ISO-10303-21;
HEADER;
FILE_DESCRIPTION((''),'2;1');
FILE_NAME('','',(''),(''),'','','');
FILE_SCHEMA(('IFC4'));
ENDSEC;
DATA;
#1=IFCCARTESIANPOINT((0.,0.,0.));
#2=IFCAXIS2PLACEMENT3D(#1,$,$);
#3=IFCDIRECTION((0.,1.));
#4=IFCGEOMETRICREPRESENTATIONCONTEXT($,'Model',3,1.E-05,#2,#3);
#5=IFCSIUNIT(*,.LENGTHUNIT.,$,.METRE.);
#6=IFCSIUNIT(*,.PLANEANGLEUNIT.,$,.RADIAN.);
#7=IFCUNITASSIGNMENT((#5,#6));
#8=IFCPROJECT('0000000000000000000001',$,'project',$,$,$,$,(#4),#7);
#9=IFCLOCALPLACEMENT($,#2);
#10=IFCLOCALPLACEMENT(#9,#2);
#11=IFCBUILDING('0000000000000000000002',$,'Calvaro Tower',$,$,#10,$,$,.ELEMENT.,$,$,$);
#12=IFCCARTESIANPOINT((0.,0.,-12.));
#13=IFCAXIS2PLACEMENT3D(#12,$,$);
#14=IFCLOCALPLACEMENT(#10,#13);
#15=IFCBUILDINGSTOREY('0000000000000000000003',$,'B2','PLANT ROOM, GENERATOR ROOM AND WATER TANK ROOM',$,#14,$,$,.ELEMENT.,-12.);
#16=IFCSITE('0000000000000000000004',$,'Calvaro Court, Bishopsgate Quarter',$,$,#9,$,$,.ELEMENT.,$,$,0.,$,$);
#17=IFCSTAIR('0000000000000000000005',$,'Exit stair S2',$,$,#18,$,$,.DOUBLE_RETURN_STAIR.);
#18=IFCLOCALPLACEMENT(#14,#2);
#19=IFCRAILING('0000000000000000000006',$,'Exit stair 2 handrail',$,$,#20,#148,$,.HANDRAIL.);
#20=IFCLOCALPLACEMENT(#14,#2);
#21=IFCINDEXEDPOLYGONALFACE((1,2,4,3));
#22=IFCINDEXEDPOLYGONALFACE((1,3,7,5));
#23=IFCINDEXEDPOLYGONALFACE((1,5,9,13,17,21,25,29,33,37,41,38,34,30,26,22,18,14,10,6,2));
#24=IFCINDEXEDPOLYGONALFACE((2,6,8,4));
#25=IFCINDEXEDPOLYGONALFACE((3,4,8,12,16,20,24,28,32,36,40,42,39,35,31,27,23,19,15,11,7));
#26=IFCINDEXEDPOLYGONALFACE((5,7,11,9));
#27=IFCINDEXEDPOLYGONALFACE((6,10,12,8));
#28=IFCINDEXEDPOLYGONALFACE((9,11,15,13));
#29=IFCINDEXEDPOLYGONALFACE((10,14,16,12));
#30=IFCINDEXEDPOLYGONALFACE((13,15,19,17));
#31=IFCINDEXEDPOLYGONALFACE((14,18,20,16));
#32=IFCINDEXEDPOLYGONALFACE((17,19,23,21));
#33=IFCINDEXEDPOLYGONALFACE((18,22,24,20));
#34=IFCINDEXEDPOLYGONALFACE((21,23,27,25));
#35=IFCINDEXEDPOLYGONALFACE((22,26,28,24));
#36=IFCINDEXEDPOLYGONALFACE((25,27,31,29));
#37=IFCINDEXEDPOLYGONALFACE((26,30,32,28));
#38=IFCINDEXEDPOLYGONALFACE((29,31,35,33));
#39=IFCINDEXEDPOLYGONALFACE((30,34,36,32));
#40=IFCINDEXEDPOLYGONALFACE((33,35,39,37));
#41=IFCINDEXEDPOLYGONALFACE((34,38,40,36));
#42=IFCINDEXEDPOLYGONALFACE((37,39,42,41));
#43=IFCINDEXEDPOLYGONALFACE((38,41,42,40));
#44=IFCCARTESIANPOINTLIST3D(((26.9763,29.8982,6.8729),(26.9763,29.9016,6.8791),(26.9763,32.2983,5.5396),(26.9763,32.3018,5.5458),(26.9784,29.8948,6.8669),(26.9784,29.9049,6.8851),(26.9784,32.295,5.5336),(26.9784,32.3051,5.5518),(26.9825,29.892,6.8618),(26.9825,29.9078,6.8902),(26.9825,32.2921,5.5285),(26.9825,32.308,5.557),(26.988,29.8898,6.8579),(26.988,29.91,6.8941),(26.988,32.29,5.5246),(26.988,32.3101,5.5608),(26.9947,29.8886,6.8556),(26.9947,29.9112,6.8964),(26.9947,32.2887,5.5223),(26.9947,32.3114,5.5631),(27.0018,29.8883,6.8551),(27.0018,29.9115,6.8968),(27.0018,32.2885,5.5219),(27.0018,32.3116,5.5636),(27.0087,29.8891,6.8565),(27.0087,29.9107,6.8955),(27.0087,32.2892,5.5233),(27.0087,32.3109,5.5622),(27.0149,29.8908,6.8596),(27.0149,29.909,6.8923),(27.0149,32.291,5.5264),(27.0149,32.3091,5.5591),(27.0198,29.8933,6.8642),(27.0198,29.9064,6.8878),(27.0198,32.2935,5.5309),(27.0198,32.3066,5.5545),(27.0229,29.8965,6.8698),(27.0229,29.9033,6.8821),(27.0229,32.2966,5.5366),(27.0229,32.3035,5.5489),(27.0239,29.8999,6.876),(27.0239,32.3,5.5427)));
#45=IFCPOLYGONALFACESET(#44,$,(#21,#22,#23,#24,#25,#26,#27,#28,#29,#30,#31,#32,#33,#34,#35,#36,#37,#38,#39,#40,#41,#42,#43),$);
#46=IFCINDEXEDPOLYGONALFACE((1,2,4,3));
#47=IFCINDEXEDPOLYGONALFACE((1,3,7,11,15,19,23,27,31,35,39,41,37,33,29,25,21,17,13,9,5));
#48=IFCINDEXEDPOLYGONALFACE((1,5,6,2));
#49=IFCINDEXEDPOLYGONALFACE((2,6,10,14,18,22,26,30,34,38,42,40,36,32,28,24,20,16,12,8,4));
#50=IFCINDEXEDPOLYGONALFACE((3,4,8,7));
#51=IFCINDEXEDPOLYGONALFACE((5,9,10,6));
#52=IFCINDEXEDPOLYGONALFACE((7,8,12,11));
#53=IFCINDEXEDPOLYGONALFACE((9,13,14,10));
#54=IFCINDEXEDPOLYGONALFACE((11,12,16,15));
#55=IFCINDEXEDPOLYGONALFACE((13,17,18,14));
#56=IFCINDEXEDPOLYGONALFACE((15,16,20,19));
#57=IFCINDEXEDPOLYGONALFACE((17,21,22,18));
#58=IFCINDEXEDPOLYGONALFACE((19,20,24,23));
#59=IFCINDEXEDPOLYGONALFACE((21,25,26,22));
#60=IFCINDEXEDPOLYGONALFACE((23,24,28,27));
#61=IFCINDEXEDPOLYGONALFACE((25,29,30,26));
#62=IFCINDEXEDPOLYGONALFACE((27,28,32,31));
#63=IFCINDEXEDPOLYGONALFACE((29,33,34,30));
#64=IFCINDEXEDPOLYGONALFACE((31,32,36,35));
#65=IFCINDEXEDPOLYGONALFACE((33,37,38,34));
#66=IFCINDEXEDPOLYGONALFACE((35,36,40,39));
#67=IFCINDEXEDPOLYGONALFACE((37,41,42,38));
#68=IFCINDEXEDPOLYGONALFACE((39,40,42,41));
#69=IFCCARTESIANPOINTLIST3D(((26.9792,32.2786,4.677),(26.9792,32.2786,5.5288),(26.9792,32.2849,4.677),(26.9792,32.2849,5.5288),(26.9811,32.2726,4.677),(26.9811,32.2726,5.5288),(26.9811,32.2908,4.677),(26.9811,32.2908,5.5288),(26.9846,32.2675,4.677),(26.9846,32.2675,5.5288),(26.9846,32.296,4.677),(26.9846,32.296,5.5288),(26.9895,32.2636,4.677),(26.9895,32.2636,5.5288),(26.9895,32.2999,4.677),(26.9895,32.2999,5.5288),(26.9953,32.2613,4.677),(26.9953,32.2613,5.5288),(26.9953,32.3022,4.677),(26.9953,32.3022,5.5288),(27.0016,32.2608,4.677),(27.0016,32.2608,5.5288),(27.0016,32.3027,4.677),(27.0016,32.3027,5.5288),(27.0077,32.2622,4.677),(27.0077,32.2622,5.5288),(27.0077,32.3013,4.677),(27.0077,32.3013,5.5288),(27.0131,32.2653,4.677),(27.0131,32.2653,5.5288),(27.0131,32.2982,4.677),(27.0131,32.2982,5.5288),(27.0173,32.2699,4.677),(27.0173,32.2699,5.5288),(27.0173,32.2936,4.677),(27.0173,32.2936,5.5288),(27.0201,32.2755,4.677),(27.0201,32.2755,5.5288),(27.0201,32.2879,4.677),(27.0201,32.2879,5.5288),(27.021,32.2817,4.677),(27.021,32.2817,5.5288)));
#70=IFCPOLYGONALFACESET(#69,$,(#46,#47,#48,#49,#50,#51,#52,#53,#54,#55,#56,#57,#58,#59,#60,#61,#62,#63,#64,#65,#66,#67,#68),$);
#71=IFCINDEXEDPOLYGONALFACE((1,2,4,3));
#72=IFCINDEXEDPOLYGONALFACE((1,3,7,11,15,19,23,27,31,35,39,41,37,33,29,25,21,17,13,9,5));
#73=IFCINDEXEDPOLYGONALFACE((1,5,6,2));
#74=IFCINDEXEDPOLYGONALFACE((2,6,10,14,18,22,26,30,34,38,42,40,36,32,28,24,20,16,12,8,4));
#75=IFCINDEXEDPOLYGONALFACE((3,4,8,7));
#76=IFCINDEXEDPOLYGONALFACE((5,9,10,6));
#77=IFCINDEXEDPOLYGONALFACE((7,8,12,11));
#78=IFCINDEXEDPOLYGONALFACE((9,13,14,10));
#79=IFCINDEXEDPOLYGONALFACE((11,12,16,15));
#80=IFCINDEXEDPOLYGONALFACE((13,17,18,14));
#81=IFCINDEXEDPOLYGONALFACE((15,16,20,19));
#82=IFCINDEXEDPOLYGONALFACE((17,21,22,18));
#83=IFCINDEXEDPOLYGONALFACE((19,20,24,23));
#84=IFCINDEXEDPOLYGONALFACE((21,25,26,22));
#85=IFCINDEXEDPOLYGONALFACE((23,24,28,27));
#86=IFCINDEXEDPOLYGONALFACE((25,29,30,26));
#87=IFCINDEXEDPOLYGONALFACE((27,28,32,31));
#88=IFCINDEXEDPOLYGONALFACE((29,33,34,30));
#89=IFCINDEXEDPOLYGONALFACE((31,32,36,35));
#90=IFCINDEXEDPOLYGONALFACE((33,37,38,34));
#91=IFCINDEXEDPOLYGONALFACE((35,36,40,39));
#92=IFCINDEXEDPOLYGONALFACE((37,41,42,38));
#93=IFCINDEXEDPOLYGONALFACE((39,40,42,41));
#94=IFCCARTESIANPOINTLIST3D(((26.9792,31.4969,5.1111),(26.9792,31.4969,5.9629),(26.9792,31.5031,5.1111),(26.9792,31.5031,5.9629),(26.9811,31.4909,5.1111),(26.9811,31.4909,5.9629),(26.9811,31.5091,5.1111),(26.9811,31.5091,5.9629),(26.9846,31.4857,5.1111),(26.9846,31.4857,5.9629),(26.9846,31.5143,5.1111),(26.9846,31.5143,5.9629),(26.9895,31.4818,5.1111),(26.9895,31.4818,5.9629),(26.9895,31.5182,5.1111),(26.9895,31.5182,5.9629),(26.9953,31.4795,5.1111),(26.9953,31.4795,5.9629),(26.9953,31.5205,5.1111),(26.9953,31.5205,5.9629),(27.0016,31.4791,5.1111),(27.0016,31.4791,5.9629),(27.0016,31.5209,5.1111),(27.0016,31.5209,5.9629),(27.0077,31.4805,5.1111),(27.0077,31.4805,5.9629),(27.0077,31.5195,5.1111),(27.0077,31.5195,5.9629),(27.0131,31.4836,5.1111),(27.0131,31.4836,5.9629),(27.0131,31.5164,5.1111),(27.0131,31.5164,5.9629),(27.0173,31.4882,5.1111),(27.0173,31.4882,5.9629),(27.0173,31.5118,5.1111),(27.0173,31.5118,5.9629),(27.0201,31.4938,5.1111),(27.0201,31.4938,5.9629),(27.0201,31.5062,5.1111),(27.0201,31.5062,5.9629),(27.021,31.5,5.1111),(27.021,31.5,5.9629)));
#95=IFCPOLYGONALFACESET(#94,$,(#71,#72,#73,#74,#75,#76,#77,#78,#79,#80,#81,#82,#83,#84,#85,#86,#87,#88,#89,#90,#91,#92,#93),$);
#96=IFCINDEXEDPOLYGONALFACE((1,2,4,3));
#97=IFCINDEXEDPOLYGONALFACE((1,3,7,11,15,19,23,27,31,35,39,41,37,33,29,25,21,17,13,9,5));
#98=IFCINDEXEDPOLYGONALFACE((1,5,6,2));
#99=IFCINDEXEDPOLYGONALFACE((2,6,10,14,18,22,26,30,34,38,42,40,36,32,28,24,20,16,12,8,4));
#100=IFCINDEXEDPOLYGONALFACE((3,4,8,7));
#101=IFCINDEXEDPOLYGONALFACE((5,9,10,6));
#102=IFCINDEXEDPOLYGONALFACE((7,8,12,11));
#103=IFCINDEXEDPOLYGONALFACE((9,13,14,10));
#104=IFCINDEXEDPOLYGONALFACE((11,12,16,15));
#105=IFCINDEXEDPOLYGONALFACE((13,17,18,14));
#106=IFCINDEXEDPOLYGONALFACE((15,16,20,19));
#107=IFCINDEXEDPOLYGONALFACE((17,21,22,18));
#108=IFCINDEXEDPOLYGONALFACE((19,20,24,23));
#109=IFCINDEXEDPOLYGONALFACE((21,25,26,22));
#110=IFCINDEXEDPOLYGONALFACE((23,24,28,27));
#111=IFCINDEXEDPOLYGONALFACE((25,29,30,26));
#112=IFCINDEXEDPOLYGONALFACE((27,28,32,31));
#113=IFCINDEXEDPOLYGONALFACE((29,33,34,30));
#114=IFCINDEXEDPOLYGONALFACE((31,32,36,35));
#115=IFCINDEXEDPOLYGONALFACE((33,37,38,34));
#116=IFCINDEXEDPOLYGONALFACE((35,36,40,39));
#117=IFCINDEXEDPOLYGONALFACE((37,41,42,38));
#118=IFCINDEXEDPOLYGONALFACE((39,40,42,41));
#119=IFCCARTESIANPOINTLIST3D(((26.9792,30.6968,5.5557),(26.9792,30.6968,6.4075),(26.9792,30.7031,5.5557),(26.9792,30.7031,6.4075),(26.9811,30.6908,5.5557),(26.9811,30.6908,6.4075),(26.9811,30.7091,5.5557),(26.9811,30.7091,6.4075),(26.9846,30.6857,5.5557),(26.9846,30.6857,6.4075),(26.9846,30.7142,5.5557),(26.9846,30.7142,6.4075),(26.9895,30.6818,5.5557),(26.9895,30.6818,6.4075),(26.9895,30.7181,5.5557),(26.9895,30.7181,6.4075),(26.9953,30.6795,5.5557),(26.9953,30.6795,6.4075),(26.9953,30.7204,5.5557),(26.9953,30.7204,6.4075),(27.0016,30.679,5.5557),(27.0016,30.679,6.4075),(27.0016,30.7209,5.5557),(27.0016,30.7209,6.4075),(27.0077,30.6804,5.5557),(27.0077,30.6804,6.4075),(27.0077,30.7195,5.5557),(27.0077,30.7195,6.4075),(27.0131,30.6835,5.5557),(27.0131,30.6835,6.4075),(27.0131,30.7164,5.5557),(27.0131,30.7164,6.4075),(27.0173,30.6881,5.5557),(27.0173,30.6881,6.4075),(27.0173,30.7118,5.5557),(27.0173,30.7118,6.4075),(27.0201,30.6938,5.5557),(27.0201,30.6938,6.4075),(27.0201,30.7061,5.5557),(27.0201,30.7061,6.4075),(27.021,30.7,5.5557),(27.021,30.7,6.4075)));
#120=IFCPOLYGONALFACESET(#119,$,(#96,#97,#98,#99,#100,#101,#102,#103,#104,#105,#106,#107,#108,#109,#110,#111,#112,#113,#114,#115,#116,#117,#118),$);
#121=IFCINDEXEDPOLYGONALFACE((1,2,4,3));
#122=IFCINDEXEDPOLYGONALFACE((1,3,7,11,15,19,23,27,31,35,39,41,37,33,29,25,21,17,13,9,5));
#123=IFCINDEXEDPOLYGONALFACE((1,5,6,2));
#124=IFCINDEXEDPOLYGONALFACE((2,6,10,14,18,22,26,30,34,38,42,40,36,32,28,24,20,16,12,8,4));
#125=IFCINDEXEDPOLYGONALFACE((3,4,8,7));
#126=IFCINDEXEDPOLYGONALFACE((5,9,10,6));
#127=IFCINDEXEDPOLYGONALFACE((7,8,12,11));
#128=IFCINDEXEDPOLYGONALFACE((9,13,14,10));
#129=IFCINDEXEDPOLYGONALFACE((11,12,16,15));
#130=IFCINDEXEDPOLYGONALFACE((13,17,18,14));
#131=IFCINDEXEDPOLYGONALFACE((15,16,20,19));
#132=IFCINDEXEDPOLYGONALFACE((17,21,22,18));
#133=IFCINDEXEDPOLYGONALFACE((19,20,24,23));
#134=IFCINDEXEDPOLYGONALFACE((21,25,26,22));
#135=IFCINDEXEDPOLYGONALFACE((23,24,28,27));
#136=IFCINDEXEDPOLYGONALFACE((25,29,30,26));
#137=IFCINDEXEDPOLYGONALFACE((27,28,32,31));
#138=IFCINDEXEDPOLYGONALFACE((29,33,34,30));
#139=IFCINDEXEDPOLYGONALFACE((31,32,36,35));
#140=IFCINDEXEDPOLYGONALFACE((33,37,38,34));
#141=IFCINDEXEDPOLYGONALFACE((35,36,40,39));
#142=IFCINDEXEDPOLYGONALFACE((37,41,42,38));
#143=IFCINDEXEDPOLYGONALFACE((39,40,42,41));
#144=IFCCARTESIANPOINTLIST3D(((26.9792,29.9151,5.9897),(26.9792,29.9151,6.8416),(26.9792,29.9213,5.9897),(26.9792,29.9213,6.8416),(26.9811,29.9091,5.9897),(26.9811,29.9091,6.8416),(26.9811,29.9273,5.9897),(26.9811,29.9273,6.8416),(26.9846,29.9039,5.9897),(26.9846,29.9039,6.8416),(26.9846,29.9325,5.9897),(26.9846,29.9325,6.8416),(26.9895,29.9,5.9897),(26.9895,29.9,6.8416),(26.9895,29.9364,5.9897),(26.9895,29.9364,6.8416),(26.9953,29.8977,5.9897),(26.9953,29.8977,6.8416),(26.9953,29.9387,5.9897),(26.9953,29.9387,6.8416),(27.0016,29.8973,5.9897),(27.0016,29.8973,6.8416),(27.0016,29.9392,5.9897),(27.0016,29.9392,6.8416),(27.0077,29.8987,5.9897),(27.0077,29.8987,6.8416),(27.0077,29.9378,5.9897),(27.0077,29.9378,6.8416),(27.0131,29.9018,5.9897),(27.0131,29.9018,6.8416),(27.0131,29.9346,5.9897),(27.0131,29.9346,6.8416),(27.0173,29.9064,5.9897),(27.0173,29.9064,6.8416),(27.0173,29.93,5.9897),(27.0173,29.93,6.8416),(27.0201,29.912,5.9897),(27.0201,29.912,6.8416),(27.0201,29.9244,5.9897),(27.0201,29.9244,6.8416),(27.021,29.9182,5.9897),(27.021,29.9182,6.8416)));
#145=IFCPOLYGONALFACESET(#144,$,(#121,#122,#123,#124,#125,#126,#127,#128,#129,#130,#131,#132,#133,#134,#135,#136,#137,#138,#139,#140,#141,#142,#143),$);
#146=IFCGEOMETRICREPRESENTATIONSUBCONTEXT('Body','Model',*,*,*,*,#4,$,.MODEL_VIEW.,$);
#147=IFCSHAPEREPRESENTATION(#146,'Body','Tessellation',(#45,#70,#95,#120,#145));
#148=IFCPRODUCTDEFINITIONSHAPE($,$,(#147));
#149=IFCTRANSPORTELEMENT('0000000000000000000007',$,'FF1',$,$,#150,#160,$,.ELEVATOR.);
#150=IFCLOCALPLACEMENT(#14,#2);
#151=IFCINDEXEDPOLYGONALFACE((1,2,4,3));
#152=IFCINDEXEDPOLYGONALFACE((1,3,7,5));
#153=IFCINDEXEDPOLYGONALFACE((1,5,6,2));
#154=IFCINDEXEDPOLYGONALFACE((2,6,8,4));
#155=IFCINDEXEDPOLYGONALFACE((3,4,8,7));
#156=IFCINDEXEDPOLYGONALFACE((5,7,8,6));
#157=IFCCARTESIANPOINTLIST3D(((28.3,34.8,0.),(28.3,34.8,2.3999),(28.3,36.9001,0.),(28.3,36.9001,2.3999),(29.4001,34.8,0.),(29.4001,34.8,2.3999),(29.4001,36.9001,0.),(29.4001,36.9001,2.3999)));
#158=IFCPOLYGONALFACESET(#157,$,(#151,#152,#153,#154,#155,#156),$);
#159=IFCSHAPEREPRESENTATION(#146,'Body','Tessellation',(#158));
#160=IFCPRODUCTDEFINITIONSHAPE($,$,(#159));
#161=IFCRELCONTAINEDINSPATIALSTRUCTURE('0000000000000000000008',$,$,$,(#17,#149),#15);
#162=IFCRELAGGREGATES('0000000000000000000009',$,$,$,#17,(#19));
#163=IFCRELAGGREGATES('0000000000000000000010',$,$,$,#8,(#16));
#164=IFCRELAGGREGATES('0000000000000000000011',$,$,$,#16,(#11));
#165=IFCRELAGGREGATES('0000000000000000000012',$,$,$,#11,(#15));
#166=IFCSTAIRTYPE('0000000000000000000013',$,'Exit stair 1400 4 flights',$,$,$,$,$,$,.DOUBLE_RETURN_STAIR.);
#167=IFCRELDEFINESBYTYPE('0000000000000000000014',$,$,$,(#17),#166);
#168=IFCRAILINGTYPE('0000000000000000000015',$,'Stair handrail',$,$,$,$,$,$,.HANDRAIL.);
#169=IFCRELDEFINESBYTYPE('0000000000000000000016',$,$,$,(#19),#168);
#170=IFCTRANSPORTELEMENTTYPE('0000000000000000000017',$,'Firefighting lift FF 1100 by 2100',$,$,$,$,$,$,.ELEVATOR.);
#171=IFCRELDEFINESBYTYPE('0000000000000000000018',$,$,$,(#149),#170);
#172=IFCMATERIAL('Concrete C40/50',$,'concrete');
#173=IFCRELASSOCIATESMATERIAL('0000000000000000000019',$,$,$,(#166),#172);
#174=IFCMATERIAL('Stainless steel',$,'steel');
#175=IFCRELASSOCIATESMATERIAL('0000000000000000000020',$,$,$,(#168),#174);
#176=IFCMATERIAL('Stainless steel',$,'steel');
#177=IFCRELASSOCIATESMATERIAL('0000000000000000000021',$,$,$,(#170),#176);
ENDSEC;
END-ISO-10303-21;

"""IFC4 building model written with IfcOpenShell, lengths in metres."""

from ifc_helpers import new_model, si_unit, direction, frame, origin, origin_2d, place, context, subcontext, project, spatial, rectangle, circle, extrude, material, type_object, element, aggregate, save


model = new_model("IFC4")

# Units and contexts
model_context = context("Model", 3, precision=1e-05, world=origin(), true_north=direction((0.0, 1.0)))
body_context = subcontext(model_context, "Body", "Model", "MODEL_VIEW")
ifc_project = project(units=[si_unit("LENGTHUNIT", "METRE"), si_unit("PLANEANGLEUNIT", "RADIAN")], contexts=[model_context])

# Site, building, storey
site_placement = place(None, origin())
site = spatial("IfcSite", under=ifc_project, at=site_placement, Name="Calvaro Court, Bishopsgate Quarter", CompositionType="ELEMENT", RefElevation=0.0)
building_placement = place(site_placement, origin())
building = spatial("IfcBuilding", under=site, at=building_placement, Name="Calvaro Tower", CompositionType="ELEMENT")
storey_placement = place(building_placement, frame((0.0, 0.0, -12.0)))
storey = spatial("IfcBuildingStorey", under=building, at=storey_placement, Name="B2", Description="PLANT ROOM, GENERATOR ROOM AND WATER TANK ROOM", CompositionType="ELEMENT", Elevation=-12.0)

# Stair, railing
ifc_material_1 = material(Name="Concrete C40/50", Category="concrete")
stair_type = type_object("IfcStairType", Name="Exit stair 1400 4 flights", PredefinedType="DOUBLE_RETURN_STAIR", material=ifc_material_1)
stair_placement = place(storey_placement, origin())
stair = element("IfcStair", 1, at=stair_placement, inside=storey, type_object=stair_type, Name="Exit stair S2", PredefinedType="DOUBLE_RETURN_STAIR")
ifc_material_2 = material(Name="Stainless steel", Category="steel")
railing_type = type_object("IfcRailingType", Name="Stair handrail", PredefinedType="HANDRAIL", material=ifc_material_2)
railing_1_placement = place(storey_placement, frame((27.0, 32.3, 4.6667)))
railing_1 = element("IfcRailing", 2, at=railing_1_placement, type_object=railing_type, Name="Exit stair 2 handrail", PredefinedType="HANDRAIL", context=body_context, shape_type="SweptSolid", body=[
    extrude(circle(Radius=0.0239, at=origin_2d()), frame((0.0, 0.0, 0.876), z_axis=(0.0, -0.874182, 0.485598), x_axis=(1.0, 0.0, 0.0)), (0.0, 0.0, 1.0), 2.7456),
    extrude(circle(Radius=0.021, at=origin_2d()), frame((0.0, -0.0183, 0.0103)), (0.0, 0.0, 1.0), 0.8518),
    extrude(circle(Radius=0.021, at=origin_2d()), frame((0.0, -0.8, 0.4443)), (0.0, 0.0, 1.0), 0.8518),
    extrude(circle(Radius=0.021, at=origin_2d()), frame((0.0, -1.6001, 0.8889)), (0.0, 0.0, 1.0), 0.8518),
    extrude(circle(Radius=0.021, at=origin_2d()), frame((0.0, -2.3818, 1.323)), (0.0, 0.0, 1.0), 0.8518),
])
aggregate(stair, [railing_1])

# Transport element
ifc_material_3 = material(Name="Stainless steel", Category="steel")
transport_element_type = type_object("IfcTransportElementType", Name="Firefighting lift FF 1100 by 2100", PredefinedType="ELEVATOR", material=ifc_material_3)
transport_element_placement = place(storey_placement, frame((28.8501, 35.8501, 0.0), z_axis=(0.0, 0.0, 1.0), x_axis=(1.0, 0.0, 0.0)))
element("IfcTransportElement", 3, at=transport_element_placement, inside=storey, type_object=transport_element_type, Name="FF1", PredefinedType="ELEVATOR", context=body_context, shape_type="SweptSolid", body=[
    extrude(rectangle(XDim=1.1001, YDim=2.1001, at=origin_2d()), origin(), (0.0, 0.0, 1.0), 2.3999),
])

save(model, "model.ifc")
